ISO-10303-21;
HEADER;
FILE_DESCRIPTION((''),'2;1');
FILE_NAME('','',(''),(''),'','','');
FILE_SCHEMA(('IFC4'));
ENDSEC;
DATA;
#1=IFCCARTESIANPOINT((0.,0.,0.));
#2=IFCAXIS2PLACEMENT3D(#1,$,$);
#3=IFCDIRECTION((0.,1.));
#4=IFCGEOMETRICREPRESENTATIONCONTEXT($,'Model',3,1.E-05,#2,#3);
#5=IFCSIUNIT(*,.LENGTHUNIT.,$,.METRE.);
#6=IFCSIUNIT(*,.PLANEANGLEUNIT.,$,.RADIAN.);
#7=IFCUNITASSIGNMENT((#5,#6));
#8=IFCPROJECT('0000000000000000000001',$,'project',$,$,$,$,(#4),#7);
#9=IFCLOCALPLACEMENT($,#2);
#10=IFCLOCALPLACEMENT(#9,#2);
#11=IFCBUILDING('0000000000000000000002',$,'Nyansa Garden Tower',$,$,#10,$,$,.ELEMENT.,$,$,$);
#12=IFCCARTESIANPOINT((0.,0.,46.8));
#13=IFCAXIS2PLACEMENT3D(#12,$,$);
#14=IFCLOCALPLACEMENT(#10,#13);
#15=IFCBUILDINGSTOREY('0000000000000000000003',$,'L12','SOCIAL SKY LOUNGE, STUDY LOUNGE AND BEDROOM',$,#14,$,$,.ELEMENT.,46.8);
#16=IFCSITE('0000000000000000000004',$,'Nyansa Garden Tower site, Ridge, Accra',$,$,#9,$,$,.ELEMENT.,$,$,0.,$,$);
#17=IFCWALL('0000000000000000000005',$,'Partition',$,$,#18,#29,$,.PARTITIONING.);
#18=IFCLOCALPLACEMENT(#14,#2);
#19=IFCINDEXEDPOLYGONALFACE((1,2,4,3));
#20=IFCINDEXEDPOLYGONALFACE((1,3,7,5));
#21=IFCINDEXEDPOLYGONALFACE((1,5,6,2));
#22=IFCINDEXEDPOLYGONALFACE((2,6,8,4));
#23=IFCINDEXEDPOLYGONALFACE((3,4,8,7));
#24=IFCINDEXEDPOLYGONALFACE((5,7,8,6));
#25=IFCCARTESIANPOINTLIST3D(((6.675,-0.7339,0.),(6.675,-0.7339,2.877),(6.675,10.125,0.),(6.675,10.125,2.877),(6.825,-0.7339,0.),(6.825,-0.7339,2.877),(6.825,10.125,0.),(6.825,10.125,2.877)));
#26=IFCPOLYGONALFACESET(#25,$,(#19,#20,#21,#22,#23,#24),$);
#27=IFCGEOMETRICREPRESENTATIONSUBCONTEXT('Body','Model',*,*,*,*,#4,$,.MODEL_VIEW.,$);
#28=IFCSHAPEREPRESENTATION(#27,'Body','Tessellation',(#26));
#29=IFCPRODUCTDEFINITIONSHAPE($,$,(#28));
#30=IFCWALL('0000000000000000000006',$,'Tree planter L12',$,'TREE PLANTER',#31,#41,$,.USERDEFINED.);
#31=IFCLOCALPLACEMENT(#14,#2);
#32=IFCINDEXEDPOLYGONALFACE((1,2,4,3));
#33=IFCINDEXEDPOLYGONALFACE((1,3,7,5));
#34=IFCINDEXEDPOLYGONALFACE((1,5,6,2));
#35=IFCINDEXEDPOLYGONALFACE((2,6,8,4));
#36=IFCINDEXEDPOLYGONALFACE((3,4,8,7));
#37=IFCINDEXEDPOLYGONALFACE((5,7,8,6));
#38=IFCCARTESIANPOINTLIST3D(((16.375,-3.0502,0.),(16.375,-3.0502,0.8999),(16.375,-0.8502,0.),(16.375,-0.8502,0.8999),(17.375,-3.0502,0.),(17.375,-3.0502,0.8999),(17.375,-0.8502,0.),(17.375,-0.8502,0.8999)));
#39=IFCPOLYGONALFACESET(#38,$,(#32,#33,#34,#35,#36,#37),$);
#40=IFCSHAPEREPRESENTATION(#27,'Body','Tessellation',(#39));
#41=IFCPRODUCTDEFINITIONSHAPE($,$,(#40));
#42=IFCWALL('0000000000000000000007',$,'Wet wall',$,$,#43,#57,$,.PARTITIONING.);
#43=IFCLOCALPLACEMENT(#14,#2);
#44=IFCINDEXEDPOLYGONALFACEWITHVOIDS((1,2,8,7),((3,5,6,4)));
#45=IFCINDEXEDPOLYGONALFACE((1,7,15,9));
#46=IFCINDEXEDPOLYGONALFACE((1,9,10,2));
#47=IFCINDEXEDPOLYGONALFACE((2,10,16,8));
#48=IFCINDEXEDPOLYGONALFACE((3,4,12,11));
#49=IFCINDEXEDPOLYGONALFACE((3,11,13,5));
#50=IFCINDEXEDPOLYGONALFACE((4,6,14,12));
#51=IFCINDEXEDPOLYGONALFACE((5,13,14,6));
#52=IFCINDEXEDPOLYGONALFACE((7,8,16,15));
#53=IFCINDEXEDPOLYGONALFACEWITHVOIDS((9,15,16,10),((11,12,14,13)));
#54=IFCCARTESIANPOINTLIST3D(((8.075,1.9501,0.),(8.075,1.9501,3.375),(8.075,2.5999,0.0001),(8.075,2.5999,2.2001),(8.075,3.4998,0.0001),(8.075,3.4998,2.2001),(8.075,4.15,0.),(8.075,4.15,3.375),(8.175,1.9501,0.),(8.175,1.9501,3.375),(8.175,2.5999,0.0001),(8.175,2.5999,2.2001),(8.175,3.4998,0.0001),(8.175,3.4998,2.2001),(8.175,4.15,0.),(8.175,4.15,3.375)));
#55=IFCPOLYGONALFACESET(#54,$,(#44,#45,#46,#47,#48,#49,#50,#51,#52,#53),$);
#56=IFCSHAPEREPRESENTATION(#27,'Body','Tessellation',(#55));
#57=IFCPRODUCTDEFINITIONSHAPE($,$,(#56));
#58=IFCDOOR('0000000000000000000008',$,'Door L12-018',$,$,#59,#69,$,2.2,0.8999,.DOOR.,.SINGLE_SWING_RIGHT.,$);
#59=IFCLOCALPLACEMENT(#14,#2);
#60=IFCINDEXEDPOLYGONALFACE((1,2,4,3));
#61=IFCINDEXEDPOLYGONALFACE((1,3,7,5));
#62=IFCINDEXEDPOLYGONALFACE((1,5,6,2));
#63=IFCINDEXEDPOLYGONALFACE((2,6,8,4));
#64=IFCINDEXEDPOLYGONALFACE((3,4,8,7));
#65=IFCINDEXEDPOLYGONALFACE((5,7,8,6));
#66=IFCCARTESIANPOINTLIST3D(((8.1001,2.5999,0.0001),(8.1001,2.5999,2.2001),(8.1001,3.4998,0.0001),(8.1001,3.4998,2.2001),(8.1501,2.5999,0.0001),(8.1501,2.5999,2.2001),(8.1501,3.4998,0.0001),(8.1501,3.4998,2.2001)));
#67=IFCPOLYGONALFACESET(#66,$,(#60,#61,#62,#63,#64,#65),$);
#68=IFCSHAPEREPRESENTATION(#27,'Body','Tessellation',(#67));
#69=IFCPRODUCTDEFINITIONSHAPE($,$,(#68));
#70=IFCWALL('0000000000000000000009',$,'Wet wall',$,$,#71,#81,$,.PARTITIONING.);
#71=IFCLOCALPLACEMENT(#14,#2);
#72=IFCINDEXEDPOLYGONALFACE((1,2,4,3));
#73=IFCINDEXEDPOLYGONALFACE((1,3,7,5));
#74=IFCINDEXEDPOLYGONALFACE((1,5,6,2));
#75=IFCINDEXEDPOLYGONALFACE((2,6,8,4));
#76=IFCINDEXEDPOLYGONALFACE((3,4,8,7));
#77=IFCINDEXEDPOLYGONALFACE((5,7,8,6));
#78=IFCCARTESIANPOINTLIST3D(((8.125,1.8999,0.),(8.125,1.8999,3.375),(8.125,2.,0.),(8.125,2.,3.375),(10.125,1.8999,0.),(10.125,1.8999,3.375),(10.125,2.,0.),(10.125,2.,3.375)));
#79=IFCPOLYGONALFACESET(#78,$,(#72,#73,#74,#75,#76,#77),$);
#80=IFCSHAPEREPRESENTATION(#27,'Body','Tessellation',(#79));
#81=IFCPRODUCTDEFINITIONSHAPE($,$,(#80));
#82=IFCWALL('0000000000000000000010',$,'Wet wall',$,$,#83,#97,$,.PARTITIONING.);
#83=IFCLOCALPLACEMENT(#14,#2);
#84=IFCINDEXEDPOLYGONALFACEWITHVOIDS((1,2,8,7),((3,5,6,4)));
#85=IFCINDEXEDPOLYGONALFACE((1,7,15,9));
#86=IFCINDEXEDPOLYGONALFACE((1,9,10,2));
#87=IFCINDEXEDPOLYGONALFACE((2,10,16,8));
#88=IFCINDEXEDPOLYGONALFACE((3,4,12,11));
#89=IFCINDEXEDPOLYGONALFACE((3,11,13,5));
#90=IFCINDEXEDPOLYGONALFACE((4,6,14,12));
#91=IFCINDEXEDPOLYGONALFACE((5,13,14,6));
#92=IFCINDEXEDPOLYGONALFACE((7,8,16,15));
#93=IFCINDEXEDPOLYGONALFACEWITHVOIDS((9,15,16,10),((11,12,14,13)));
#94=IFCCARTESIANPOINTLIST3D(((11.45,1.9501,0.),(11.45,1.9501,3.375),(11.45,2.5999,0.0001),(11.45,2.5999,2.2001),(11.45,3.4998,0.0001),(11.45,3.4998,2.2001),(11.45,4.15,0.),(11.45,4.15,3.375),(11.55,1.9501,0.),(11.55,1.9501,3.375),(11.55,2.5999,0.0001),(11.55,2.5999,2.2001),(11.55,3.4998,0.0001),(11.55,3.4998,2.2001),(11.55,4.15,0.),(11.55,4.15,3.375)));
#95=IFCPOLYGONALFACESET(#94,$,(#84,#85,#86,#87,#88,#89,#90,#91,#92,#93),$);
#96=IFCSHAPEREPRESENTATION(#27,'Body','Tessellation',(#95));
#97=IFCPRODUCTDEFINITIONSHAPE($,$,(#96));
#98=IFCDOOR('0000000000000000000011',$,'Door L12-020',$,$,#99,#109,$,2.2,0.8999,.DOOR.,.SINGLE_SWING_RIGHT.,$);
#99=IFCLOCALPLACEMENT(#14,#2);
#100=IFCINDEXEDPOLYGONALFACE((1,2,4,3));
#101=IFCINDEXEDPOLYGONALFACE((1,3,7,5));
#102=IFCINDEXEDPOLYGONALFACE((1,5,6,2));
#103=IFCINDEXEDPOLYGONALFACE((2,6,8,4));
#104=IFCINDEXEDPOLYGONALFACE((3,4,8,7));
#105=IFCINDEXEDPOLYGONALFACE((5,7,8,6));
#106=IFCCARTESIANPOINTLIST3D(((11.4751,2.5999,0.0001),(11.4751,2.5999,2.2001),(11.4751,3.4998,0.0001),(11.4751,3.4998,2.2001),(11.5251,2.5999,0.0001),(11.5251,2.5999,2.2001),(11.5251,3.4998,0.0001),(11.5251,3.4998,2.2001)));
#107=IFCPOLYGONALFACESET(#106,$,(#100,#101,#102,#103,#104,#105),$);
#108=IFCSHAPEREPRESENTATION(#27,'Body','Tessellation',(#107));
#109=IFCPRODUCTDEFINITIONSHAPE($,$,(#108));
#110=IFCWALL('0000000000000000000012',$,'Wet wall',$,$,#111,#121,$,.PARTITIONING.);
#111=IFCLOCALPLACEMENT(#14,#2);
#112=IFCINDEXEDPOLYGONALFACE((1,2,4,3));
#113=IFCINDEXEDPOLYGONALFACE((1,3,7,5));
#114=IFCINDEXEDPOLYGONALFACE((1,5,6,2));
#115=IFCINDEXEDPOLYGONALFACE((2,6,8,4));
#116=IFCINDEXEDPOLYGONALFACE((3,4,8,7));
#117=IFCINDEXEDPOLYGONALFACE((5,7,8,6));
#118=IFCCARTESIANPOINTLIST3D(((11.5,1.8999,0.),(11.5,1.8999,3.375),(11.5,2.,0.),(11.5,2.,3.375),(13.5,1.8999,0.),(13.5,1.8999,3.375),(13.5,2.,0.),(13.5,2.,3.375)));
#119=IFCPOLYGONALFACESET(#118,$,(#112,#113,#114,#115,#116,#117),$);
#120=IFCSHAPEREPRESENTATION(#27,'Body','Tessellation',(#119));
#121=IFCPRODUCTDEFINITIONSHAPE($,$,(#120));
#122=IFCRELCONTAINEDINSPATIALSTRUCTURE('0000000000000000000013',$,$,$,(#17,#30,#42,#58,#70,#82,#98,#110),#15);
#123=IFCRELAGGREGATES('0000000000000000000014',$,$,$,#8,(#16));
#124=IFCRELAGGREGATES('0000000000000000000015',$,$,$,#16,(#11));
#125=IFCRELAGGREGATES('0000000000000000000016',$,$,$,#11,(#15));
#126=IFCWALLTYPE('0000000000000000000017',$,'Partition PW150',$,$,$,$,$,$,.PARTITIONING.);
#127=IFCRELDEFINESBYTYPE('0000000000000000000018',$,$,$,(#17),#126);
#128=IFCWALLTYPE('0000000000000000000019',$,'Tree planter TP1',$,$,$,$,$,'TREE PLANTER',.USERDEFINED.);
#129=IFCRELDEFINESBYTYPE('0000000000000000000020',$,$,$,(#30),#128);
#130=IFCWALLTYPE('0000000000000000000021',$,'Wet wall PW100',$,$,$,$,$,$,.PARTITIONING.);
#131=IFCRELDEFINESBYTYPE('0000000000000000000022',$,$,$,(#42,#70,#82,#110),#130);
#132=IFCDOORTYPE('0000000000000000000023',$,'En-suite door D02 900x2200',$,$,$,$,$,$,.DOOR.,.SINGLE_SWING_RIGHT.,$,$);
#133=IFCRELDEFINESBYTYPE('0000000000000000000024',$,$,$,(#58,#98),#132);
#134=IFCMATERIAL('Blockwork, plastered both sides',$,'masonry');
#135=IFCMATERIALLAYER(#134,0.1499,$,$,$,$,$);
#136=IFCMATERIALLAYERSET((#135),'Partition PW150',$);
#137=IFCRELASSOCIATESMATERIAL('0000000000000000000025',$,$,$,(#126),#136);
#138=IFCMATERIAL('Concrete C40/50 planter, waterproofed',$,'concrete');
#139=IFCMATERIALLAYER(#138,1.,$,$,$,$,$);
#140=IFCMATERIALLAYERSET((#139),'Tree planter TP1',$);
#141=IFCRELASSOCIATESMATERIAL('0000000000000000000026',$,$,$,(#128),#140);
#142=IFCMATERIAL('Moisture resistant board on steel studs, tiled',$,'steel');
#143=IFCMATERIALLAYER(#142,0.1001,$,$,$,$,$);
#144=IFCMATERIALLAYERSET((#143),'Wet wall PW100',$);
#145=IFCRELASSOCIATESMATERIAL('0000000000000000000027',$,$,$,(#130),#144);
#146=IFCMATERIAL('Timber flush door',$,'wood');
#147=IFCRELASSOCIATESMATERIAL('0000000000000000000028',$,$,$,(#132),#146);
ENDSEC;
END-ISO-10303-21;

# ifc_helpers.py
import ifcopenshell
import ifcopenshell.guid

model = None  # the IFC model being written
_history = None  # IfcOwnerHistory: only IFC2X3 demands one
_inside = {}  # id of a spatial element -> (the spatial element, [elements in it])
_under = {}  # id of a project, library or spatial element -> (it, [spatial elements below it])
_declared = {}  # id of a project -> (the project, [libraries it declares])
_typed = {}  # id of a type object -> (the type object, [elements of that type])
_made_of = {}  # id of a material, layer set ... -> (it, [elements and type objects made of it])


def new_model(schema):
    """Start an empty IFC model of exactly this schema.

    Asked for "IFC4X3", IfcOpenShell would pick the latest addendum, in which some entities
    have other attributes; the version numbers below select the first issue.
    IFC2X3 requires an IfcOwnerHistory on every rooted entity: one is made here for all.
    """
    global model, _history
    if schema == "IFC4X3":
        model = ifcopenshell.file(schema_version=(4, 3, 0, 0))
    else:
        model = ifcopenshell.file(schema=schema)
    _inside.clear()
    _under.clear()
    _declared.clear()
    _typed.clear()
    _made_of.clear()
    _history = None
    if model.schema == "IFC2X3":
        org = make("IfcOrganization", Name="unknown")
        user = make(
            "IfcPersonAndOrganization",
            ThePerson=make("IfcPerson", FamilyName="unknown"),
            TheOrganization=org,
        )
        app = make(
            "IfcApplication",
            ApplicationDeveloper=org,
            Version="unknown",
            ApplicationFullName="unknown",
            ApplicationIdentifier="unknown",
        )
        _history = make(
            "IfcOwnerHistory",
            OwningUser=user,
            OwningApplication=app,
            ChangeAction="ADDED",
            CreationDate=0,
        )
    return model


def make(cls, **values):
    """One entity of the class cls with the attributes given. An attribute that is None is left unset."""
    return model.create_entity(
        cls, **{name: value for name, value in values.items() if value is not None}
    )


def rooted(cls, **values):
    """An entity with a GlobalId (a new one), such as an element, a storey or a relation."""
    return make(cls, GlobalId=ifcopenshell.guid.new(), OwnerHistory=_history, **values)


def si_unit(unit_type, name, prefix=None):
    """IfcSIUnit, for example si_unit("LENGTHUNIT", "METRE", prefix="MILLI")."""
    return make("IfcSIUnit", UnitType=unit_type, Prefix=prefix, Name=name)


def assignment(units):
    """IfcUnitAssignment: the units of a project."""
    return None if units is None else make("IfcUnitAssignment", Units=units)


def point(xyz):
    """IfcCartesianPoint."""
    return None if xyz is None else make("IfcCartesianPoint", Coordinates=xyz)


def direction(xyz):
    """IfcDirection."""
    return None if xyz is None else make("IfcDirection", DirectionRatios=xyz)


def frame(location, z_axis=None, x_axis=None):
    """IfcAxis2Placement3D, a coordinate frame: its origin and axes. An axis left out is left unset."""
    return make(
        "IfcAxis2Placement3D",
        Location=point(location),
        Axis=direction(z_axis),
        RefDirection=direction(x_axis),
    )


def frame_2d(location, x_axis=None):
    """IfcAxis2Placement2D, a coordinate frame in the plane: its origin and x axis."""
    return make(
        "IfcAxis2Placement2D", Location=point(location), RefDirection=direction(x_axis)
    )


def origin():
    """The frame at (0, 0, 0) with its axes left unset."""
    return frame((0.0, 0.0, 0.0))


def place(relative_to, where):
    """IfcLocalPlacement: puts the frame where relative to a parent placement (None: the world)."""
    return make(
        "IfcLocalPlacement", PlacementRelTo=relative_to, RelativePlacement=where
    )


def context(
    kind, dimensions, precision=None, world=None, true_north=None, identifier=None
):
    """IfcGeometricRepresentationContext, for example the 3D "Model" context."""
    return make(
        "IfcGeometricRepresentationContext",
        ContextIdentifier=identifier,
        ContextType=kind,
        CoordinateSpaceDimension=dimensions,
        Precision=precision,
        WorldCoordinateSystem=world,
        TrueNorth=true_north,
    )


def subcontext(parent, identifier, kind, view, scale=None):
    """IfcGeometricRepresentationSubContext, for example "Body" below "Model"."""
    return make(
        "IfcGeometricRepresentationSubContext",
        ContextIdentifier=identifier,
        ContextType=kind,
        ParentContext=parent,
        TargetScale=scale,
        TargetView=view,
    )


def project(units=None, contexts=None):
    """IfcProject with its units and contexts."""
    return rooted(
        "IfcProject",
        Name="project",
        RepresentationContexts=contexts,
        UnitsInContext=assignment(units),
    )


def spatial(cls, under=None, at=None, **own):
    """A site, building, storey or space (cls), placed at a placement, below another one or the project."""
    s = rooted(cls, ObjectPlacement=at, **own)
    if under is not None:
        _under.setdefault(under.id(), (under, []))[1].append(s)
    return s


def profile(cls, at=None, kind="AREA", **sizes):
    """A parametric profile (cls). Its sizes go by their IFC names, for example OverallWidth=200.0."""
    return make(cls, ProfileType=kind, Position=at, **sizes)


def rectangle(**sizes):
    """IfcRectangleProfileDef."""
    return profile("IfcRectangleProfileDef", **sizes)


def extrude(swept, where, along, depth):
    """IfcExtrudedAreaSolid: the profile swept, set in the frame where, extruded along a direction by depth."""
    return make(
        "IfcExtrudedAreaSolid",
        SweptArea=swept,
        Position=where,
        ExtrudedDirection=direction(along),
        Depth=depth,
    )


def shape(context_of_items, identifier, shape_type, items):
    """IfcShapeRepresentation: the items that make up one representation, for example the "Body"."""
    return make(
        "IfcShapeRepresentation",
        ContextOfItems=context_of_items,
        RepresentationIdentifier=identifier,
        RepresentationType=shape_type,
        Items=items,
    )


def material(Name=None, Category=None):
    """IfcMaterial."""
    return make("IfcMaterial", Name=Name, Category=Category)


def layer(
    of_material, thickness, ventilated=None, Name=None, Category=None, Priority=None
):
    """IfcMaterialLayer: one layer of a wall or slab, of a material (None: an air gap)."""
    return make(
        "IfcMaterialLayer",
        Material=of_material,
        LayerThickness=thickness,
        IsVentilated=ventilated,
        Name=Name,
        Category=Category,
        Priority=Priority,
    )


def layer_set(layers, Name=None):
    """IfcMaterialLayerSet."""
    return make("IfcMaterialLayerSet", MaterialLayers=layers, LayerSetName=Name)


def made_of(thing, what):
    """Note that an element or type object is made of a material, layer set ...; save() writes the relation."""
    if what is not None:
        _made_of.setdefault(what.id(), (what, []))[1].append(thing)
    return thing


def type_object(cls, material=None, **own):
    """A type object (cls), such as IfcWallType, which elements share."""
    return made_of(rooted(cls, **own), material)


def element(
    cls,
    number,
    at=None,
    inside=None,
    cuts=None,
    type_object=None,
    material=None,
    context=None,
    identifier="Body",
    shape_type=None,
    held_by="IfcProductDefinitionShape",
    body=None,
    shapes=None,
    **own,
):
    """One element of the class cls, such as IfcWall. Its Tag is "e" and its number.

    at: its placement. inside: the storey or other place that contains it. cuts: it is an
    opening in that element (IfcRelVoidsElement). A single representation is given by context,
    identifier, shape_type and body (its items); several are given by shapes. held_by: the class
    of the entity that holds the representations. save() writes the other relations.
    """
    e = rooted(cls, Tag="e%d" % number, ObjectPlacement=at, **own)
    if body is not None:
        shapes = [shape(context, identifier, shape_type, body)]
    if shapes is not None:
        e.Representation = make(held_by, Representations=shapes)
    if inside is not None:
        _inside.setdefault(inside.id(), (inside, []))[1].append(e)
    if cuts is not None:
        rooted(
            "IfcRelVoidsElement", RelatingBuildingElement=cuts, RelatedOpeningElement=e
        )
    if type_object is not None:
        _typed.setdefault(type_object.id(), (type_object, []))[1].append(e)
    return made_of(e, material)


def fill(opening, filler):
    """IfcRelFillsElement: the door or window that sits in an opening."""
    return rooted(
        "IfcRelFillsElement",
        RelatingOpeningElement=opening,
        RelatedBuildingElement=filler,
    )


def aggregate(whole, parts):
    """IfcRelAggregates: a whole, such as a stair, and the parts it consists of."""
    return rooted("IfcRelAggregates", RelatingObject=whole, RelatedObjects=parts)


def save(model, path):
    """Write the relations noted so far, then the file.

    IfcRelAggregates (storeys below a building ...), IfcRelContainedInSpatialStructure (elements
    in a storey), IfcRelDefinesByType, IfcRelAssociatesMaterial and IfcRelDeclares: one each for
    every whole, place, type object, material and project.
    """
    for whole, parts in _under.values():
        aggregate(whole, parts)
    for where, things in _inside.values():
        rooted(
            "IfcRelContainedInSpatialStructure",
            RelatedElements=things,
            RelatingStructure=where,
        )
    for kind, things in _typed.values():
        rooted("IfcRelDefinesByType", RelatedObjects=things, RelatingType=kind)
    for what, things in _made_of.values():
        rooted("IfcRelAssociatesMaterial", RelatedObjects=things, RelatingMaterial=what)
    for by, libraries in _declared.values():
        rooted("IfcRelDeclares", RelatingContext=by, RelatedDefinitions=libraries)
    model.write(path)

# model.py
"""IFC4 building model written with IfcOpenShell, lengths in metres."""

from ifc_helpers import new_model, si_unit, direction, frame, frame_2d, origin, place, context, subcontext, project, spatial, rectangle, extrude, material, layer, layer_set, type_object, element, fill, save


model = new_model("IFC4")

# Units and contexts
model_context = context("Model", 3, precision=1e-05, world=origin(), true_north=direction((0.0, 1.0)))
body_context = subcontext(model_context, "Body", "Model", "MODEL_VIEW")
ifc_project = project(units=[si_unit("LENGTHUNIT", "METRE"), si_unit("PLANEANGLEUNIT", "RADIAN")], contexts=[model_context])

# Site, building, storey
site_placement = place(None, origin())
site = spatial("IfcSite", under=ifc_project, at=site_placement, Name="Nyansa Garden Tower site, Ridge, Accra", CompositionType="ELEMENT", RefElevation=0.0)
building_placement = place(site_placement, origin())
building = spatial("IfcBuilding", under=site, at=building_placement, Name="Nyansa Garden Tower", CompositionType="ELEMENT")
storey_placement = place(building_placement, frame((0.0, 0.0, 46.8)))
storey = spatial("IfcBuildingStorey", under=building, at=storey_placement, Name="L12", Description="SOCIAL SKY LOUNGE, STUDY LOUNGE AND BEDROOM", CompositionType="ELEMENT", Elevation=46.8)

# Walls
ifc_material_1 = material(Name="Blockwork, plastered both sides", Category="masonry")
ifc_layer_1 = layer(ifc_material_1, 0.1499)
ifc_layer_set_1 = layer_set([ifc_layer_1], Name="Partition PW150")
wall_type_1 = type_object("IfcWallType", Name="Partition PW150", PredefinedType="PARTITIONING", material=ifc_layer_set_1)
wall_1_placement = place(storey_placement, frame((6.75, -0.7339, 0.0), z_axis=(0.0, 0.0, 1.0), x_axis=(0.0, 1.0, 0.0)))
element("IfcWall", 1, at=wall_1_placement, inside=storey, type_object=wall_type_1, Name="Partition", PredefinedType="PARTITIONING", context=body_context, shape_type="SweptSolid", body=[
    extrude(rectangle(XDim=10.8589, YDim=0.1499, at=frame_2d((5.4294, 0.0))), origin(), (0.0, 0.0, 1.0), 2.877),
])
ifc_material_2 = material(Name="Concrete C40/50 planter, waterproofed", Category="concrete")
ifc_layer_2 = layer(ifc_material_2, 1.0)
ifc_layer_set_2 = layer_set([ifc_layer_2], Name="Tree planter TP1")
wall_type_2 = type_object("IfcWallType", Name="Tree planter TP1", ElementType="TREE PLANTER", PredefinedType="USERDEFINED", material=ifc_layer_set_2)
wall_2_placement = place(storey_placement, frame((16.875, -0.8501, 0.0), z_axis=(0.0, 0.0, 1.0), x_axis=(0.0, -1.0, 0.0)))
element("IfcWall", 2, at=wall_2_placement, inside=storey, type_object=wall_type_2, Name="Tree planter L12", ObjectType="TREE PLANTER", PredefinedType="USERDEFINED", context=body_context, shape_type="SweptSolid", body=[
    extrude(rectangle(XDim=2.2, YDim=1.0, at=frame_2d((1.1001, 0.0))), origin(), (0.0, 0.0, 1.0), 0.8999),
])

# Wall, opening, door
ifc_material_3 = material(Name="Moisture resistant board on steel studs, tiled", Category="steel")
ifc_layer_3 = layer(ifc_material_3, 0.1001)
ifc_layer_set_3 = layer_set([ifc_layer_3], Name="Wet wall PW100")
wall_type_3 = type_object("IfcWallType", Name="Wet wall PW100", PredefinedType="PARTITIONING", material=ifc_layer_set_3)
wall_3_placement = place(storey_placement, frame((8.125, 1.95, 0.0), z_axis=(0.0, 0.0, 1.0), x_axis=(0.0, 1.0, 0.0)))
wall_3 = element("IfcWall", 3, at=wall_3_placement, inside=storey, type_object=wall_type_3, Name="Wet wall", PredefinedType="PARTITIONING", context=body_context, shape_type="SweptSolid", body=[
    extrude(rectangle(XDim=2.2, YDim=0.1001, at=frame_2d((1.1001, 0.0))), origin(), (0.0, 0.0, 1.0), 3.375),
])
opening_1_placement = place(wall_3_placement, frame((0.6499, 0.0, 0.0)))
opening_1 = element("IfcOpeningElement", 4, at=opening_1_placement, cuts=wall_3, PredefinedType="OPENING", context=body_context, shape_type="SweptSolid", body=[
    extrude(rectangle(XDim=0.8999, YDim=2.2, at=frame_2d((0.45, 1.1001))), frame((0.0, 0.0601, 0.0), z_axis=(0.0, -1.0, 0.0), x_axis=(1.0, 0.0, 0.0)), (0.0, 0.0, 1.0), 0.1201),
])
ifc_material_4 = material(Name="Timber flush door", Category="wood")
door_type = type_object("IfcDoorType", Name="En-suite door D02 900x2200", OperationType="SINGLE_SWING_RIGHT", PredefinedType="DOOR", material=ifc_material_4)
door_1_placement = place(opening_1_placement, origin())
door_1 = element("IfcDoor", 5, at=door_1_placement, inside=storey, type_object=door_type, Name="Door L12-018", OperationType="SINGLE_SWING_RIGHT", OverallHeight=2.2, OverallWidth=0.8999, PredefinedType="DOOR", context=body_context, shape_type="SweptSolid", body=[
    extrude(rectangle(XDim=0.8999, YDim=2.2, at=frame_2d((0.45, 1.1001))), frame((0.0, 0.0249, 0.0), z_axis=(0.0, -1.0, 0.0), x_axis=(1.0, 0.0, 0.0)), (0.0, 0.0, 1.0), 0.05),
])
fill(opening_1, door_1)

# Wall
wall_4_placement = place(storey_placement, frame((8.125, 1.95, 0.0), z_axis=(0.0, 0.0, 1.0), x_axis=(1.0, 0.0, 0.0)))
element("IfcWall", 6, at=wall_4_placement, inside=storey, type_object=wall_type_3, Name="Wet wall", PredefinedType="PARTITIONING", context=body_context, shape_type="SweptSolid", body=[
    extrude(rectangle(XDim=2.0, YDim=0.1001, at=frame_2d((1.0, 0.0))), origin(), (0.0, 0.0, 1.0), 3.375),
])

# Wall, opening, door
wall_5_placement = place(storey_placement, frame((11.5, 1.95, 0.0), z_axis=(0.0, 0.0, 1.0), x_axis=(0.0, 1.0, 0.0)))
wall_5 = element("IfcWall", 7, at=wall_5_placement, inside=storey, type_object=wall_type_3, Name="Wet wall", PredefinedType="PARTITIONING", context=body_context, shape_type="SweptSolid", body=[
    extrude(rectangle(XDim=2.2, YDim=0.1001, at=frame_2d((1.1001, 0.0))), origin(), (0.0, 0.0, 1.0), 3.375),
])
opening_2_placement = place(wall_5_placement, frame((0.6499, 0.0, 0.0)))
opening_2 = element("IfcOpeningElement", 8, at=opening_2_placement, cuts=wall_5, PredefinedType="OPENING", context=body_context, shape_type="SweptSolid", body=[
    extrude(rectangle(XDim=0.8999, YDim=2.2, at=frame_2d((0.45, 1.1001))), frame((0.0, 0.0601, 0.0), z_axis=(0.0, -1.0, 0.0), x_axis=(1.0, 0.0, 0.0)), (0.0, 0.0, 1.0), 0.1201),
])
door_2_placement = place(opening_2_placement, origin())
door_2 = element("IfcDoor", 9, at=door_2_placement, inside=storey, type_object=door_type, Name="Door L12-020", OperationType="SINGLE_SWING_RIGHT", OverallHeight=2.2, OverallWidth=0.8999, PredefinedType="DOOR", context=body_context, shape_type="SweptSolid", body=[
    extrude(rectangle(XDim=0.8999, YDim=2.2, at=frame_2d((0.45, 1.1001))), frame((0.0, 0.0249, 0.0), z_axis=(0.0, -1.0, 0.0), x_axis=(1.0, 0.0, 0.0)), (0.0, 0.0, 1.0), 0.05),
])
fill(opening_2, door_2)

# Wall
wall_6_placement = place(storey_placement, frame((11.5, 1.95, 0.0), z_axis=(0.0, 0.0, 1.0), x_axis=(1.0, 0.0, 0.0)))
element("IfcWall", 10, at=wall_6_placement, inside=storey, type_object=wall_type_3, Name="Wet wall", PredefinedType="PARTITIONING", context=body_context, shape_type="SweptSolid", body=[
    extrude(rectangle(XDim=2.0, YDim=0.1001, at=frame_2d((1.0, 0.0))), origin(), (0.0, 0.0, 1.0), 3.375),
])

save(model, "model.ifc")
